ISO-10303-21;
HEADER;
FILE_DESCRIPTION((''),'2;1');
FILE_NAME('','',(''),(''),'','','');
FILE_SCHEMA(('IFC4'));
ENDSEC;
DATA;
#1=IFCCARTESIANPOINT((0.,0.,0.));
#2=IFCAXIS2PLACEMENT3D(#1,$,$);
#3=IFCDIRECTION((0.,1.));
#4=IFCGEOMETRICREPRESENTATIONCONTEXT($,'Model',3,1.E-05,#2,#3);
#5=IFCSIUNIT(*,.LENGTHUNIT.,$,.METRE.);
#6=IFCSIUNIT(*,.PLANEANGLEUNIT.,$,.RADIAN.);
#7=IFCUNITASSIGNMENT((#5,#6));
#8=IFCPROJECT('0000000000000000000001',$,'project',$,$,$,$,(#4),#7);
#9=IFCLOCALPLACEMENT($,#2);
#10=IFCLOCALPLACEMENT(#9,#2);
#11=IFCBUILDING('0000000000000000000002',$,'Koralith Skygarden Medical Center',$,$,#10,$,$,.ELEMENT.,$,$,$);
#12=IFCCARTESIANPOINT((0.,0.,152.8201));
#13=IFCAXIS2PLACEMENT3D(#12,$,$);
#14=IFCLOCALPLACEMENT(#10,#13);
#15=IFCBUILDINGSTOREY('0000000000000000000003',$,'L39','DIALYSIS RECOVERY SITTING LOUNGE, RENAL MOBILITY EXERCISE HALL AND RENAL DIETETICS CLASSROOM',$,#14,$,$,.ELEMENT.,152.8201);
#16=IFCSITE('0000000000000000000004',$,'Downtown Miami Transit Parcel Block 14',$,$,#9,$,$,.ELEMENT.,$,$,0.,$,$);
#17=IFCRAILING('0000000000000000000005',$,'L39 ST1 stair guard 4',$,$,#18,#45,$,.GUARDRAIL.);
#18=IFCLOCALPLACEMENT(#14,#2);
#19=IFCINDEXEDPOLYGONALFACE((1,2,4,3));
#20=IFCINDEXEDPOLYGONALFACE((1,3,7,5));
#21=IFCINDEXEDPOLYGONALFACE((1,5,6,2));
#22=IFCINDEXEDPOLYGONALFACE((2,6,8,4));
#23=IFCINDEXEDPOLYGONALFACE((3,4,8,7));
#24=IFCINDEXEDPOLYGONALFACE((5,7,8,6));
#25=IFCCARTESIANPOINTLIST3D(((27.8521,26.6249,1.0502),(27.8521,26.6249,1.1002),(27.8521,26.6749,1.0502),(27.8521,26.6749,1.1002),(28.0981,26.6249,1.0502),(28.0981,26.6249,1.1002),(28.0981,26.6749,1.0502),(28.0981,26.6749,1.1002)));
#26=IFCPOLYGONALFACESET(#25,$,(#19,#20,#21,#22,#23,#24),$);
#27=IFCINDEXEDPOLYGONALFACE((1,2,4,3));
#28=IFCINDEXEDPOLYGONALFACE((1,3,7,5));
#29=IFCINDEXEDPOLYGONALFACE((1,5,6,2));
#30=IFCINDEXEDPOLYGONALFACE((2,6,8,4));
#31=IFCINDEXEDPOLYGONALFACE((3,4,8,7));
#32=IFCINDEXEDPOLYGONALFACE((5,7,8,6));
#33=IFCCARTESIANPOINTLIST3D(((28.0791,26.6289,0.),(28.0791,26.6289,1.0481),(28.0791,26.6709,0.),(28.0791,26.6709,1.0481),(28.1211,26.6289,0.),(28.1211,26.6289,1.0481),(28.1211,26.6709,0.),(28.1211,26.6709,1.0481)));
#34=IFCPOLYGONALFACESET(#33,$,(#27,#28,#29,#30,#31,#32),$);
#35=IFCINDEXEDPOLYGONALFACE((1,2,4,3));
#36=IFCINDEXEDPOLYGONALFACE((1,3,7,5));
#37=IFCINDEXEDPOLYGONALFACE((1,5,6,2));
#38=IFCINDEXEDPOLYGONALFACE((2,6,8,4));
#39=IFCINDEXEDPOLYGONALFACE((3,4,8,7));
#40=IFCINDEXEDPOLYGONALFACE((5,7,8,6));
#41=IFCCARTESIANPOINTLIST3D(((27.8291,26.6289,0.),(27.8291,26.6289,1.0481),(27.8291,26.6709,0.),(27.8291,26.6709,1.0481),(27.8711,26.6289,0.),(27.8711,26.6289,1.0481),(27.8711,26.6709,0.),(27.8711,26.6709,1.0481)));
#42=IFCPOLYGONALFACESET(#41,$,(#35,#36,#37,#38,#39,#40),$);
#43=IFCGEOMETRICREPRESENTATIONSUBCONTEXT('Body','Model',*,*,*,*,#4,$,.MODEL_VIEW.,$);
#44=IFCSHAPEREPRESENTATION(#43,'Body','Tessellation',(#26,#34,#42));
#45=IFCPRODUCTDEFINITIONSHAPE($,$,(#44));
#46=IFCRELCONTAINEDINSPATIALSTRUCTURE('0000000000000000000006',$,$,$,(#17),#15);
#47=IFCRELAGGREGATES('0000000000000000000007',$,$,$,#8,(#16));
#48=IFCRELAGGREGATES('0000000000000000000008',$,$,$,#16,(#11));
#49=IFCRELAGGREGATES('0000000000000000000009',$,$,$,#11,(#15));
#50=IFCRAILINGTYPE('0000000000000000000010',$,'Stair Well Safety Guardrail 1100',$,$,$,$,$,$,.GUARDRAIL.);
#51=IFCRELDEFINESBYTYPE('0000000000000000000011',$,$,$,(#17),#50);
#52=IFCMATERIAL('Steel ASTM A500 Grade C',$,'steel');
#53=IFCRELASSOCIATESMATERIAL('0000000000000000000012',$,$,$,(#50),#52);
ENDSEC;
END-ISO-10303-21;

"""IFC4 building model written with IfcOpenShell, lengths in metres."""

from ifc_helpers import new_model, si_unit, direction, frame, origin, origin_2d, place, context, subcontext, project, spatial, rectangle, extrude, material, type_object, element, save


model = new_model("IFC4")

# Units and contexts
model_context = context("Model", 3, precision=1e-05, world=origin(), true_north=direction((0.0, 1.0)))
body_context = subcontext(model_context, "Body", "Model", "MODEL_VIEW")
ifc_project = project(units=[si_unit("LENGTHUNIT", "METRE"), si_unit("PLANEANGLEUNIT", "RADIAN")], contexts=[model_context])

# Site, building, storey
site_placement = place(None, origin())
site = spatial("IfcSite", under=ifc_project, at=site_placement, Name="Downtown Miami Transit Parcel Block 14", CompositionType="ELEMENT", RefElevation=0.0)
building_placement = place(site_placement, origin())
building = spatial("IfcBuilding", under=site, at=building_placement, Name="Koralith Skygarden Medical Center", CompositionType="ELEMENT")
storey_placement = place(building_placement, frame((0.0, 0.0, 152.8201)))
storey = spatial("IfcBuildingStorey", under=building, at=storey_placement, Name="L39", Description="DIALYSIS RECOVERY SITTING LOUNGE, RENAL MOBILITY EXERCISE HALL AND RENAL DIETETICS CLASSROOM", CompositionType="ELEMENT", Elevation=152.8201)

# Railing
ifc_material_1 = material(Name="Steel ASTM A500 Grade C", Category="steel")
railing_type_1 = type_object("IfcRailingType", Name="Stair Well Safety Guardrail 1100", PredefinedType="GUARDRAIL", material=ifc_material_1)
railing_1_placement = place(storey_placement, frame((28.1001, 26.6499, 0.0)))
element("IfcRailing", 1, at=railing_1_placement, inside=storey, type_object=railing_type_1, Name="L39 ST1 stair guard 4", PredefinedType="GUARDRAIL", context=body_context, shape_type="SweptSolid", body=[
    extrude(rectangle(XDim=0.05, YDim=0.05, at=origin_2d()), frame((-0.002, 0.0, 1.0752), z_axis=(-1.0, 0.0, 0.0), x_axis=(0.0, -1.0, 0.0)), (0.0, 0.0, 1.0), 0.2461),
    extrude(rectangle(XDim=0.042, YDim=0.042, at=origin_2d()), origin(), (0.0, 0.0, 1.0), 1.0481),
    extrude(rectangle(XDim=0.042, YDim=0.042, at=origin_2d()), frame((-0.25, 0.0, 0.0)), (0.0, 0.0, 1.0), 1.0481),
])

save(model, "model.ifc")
